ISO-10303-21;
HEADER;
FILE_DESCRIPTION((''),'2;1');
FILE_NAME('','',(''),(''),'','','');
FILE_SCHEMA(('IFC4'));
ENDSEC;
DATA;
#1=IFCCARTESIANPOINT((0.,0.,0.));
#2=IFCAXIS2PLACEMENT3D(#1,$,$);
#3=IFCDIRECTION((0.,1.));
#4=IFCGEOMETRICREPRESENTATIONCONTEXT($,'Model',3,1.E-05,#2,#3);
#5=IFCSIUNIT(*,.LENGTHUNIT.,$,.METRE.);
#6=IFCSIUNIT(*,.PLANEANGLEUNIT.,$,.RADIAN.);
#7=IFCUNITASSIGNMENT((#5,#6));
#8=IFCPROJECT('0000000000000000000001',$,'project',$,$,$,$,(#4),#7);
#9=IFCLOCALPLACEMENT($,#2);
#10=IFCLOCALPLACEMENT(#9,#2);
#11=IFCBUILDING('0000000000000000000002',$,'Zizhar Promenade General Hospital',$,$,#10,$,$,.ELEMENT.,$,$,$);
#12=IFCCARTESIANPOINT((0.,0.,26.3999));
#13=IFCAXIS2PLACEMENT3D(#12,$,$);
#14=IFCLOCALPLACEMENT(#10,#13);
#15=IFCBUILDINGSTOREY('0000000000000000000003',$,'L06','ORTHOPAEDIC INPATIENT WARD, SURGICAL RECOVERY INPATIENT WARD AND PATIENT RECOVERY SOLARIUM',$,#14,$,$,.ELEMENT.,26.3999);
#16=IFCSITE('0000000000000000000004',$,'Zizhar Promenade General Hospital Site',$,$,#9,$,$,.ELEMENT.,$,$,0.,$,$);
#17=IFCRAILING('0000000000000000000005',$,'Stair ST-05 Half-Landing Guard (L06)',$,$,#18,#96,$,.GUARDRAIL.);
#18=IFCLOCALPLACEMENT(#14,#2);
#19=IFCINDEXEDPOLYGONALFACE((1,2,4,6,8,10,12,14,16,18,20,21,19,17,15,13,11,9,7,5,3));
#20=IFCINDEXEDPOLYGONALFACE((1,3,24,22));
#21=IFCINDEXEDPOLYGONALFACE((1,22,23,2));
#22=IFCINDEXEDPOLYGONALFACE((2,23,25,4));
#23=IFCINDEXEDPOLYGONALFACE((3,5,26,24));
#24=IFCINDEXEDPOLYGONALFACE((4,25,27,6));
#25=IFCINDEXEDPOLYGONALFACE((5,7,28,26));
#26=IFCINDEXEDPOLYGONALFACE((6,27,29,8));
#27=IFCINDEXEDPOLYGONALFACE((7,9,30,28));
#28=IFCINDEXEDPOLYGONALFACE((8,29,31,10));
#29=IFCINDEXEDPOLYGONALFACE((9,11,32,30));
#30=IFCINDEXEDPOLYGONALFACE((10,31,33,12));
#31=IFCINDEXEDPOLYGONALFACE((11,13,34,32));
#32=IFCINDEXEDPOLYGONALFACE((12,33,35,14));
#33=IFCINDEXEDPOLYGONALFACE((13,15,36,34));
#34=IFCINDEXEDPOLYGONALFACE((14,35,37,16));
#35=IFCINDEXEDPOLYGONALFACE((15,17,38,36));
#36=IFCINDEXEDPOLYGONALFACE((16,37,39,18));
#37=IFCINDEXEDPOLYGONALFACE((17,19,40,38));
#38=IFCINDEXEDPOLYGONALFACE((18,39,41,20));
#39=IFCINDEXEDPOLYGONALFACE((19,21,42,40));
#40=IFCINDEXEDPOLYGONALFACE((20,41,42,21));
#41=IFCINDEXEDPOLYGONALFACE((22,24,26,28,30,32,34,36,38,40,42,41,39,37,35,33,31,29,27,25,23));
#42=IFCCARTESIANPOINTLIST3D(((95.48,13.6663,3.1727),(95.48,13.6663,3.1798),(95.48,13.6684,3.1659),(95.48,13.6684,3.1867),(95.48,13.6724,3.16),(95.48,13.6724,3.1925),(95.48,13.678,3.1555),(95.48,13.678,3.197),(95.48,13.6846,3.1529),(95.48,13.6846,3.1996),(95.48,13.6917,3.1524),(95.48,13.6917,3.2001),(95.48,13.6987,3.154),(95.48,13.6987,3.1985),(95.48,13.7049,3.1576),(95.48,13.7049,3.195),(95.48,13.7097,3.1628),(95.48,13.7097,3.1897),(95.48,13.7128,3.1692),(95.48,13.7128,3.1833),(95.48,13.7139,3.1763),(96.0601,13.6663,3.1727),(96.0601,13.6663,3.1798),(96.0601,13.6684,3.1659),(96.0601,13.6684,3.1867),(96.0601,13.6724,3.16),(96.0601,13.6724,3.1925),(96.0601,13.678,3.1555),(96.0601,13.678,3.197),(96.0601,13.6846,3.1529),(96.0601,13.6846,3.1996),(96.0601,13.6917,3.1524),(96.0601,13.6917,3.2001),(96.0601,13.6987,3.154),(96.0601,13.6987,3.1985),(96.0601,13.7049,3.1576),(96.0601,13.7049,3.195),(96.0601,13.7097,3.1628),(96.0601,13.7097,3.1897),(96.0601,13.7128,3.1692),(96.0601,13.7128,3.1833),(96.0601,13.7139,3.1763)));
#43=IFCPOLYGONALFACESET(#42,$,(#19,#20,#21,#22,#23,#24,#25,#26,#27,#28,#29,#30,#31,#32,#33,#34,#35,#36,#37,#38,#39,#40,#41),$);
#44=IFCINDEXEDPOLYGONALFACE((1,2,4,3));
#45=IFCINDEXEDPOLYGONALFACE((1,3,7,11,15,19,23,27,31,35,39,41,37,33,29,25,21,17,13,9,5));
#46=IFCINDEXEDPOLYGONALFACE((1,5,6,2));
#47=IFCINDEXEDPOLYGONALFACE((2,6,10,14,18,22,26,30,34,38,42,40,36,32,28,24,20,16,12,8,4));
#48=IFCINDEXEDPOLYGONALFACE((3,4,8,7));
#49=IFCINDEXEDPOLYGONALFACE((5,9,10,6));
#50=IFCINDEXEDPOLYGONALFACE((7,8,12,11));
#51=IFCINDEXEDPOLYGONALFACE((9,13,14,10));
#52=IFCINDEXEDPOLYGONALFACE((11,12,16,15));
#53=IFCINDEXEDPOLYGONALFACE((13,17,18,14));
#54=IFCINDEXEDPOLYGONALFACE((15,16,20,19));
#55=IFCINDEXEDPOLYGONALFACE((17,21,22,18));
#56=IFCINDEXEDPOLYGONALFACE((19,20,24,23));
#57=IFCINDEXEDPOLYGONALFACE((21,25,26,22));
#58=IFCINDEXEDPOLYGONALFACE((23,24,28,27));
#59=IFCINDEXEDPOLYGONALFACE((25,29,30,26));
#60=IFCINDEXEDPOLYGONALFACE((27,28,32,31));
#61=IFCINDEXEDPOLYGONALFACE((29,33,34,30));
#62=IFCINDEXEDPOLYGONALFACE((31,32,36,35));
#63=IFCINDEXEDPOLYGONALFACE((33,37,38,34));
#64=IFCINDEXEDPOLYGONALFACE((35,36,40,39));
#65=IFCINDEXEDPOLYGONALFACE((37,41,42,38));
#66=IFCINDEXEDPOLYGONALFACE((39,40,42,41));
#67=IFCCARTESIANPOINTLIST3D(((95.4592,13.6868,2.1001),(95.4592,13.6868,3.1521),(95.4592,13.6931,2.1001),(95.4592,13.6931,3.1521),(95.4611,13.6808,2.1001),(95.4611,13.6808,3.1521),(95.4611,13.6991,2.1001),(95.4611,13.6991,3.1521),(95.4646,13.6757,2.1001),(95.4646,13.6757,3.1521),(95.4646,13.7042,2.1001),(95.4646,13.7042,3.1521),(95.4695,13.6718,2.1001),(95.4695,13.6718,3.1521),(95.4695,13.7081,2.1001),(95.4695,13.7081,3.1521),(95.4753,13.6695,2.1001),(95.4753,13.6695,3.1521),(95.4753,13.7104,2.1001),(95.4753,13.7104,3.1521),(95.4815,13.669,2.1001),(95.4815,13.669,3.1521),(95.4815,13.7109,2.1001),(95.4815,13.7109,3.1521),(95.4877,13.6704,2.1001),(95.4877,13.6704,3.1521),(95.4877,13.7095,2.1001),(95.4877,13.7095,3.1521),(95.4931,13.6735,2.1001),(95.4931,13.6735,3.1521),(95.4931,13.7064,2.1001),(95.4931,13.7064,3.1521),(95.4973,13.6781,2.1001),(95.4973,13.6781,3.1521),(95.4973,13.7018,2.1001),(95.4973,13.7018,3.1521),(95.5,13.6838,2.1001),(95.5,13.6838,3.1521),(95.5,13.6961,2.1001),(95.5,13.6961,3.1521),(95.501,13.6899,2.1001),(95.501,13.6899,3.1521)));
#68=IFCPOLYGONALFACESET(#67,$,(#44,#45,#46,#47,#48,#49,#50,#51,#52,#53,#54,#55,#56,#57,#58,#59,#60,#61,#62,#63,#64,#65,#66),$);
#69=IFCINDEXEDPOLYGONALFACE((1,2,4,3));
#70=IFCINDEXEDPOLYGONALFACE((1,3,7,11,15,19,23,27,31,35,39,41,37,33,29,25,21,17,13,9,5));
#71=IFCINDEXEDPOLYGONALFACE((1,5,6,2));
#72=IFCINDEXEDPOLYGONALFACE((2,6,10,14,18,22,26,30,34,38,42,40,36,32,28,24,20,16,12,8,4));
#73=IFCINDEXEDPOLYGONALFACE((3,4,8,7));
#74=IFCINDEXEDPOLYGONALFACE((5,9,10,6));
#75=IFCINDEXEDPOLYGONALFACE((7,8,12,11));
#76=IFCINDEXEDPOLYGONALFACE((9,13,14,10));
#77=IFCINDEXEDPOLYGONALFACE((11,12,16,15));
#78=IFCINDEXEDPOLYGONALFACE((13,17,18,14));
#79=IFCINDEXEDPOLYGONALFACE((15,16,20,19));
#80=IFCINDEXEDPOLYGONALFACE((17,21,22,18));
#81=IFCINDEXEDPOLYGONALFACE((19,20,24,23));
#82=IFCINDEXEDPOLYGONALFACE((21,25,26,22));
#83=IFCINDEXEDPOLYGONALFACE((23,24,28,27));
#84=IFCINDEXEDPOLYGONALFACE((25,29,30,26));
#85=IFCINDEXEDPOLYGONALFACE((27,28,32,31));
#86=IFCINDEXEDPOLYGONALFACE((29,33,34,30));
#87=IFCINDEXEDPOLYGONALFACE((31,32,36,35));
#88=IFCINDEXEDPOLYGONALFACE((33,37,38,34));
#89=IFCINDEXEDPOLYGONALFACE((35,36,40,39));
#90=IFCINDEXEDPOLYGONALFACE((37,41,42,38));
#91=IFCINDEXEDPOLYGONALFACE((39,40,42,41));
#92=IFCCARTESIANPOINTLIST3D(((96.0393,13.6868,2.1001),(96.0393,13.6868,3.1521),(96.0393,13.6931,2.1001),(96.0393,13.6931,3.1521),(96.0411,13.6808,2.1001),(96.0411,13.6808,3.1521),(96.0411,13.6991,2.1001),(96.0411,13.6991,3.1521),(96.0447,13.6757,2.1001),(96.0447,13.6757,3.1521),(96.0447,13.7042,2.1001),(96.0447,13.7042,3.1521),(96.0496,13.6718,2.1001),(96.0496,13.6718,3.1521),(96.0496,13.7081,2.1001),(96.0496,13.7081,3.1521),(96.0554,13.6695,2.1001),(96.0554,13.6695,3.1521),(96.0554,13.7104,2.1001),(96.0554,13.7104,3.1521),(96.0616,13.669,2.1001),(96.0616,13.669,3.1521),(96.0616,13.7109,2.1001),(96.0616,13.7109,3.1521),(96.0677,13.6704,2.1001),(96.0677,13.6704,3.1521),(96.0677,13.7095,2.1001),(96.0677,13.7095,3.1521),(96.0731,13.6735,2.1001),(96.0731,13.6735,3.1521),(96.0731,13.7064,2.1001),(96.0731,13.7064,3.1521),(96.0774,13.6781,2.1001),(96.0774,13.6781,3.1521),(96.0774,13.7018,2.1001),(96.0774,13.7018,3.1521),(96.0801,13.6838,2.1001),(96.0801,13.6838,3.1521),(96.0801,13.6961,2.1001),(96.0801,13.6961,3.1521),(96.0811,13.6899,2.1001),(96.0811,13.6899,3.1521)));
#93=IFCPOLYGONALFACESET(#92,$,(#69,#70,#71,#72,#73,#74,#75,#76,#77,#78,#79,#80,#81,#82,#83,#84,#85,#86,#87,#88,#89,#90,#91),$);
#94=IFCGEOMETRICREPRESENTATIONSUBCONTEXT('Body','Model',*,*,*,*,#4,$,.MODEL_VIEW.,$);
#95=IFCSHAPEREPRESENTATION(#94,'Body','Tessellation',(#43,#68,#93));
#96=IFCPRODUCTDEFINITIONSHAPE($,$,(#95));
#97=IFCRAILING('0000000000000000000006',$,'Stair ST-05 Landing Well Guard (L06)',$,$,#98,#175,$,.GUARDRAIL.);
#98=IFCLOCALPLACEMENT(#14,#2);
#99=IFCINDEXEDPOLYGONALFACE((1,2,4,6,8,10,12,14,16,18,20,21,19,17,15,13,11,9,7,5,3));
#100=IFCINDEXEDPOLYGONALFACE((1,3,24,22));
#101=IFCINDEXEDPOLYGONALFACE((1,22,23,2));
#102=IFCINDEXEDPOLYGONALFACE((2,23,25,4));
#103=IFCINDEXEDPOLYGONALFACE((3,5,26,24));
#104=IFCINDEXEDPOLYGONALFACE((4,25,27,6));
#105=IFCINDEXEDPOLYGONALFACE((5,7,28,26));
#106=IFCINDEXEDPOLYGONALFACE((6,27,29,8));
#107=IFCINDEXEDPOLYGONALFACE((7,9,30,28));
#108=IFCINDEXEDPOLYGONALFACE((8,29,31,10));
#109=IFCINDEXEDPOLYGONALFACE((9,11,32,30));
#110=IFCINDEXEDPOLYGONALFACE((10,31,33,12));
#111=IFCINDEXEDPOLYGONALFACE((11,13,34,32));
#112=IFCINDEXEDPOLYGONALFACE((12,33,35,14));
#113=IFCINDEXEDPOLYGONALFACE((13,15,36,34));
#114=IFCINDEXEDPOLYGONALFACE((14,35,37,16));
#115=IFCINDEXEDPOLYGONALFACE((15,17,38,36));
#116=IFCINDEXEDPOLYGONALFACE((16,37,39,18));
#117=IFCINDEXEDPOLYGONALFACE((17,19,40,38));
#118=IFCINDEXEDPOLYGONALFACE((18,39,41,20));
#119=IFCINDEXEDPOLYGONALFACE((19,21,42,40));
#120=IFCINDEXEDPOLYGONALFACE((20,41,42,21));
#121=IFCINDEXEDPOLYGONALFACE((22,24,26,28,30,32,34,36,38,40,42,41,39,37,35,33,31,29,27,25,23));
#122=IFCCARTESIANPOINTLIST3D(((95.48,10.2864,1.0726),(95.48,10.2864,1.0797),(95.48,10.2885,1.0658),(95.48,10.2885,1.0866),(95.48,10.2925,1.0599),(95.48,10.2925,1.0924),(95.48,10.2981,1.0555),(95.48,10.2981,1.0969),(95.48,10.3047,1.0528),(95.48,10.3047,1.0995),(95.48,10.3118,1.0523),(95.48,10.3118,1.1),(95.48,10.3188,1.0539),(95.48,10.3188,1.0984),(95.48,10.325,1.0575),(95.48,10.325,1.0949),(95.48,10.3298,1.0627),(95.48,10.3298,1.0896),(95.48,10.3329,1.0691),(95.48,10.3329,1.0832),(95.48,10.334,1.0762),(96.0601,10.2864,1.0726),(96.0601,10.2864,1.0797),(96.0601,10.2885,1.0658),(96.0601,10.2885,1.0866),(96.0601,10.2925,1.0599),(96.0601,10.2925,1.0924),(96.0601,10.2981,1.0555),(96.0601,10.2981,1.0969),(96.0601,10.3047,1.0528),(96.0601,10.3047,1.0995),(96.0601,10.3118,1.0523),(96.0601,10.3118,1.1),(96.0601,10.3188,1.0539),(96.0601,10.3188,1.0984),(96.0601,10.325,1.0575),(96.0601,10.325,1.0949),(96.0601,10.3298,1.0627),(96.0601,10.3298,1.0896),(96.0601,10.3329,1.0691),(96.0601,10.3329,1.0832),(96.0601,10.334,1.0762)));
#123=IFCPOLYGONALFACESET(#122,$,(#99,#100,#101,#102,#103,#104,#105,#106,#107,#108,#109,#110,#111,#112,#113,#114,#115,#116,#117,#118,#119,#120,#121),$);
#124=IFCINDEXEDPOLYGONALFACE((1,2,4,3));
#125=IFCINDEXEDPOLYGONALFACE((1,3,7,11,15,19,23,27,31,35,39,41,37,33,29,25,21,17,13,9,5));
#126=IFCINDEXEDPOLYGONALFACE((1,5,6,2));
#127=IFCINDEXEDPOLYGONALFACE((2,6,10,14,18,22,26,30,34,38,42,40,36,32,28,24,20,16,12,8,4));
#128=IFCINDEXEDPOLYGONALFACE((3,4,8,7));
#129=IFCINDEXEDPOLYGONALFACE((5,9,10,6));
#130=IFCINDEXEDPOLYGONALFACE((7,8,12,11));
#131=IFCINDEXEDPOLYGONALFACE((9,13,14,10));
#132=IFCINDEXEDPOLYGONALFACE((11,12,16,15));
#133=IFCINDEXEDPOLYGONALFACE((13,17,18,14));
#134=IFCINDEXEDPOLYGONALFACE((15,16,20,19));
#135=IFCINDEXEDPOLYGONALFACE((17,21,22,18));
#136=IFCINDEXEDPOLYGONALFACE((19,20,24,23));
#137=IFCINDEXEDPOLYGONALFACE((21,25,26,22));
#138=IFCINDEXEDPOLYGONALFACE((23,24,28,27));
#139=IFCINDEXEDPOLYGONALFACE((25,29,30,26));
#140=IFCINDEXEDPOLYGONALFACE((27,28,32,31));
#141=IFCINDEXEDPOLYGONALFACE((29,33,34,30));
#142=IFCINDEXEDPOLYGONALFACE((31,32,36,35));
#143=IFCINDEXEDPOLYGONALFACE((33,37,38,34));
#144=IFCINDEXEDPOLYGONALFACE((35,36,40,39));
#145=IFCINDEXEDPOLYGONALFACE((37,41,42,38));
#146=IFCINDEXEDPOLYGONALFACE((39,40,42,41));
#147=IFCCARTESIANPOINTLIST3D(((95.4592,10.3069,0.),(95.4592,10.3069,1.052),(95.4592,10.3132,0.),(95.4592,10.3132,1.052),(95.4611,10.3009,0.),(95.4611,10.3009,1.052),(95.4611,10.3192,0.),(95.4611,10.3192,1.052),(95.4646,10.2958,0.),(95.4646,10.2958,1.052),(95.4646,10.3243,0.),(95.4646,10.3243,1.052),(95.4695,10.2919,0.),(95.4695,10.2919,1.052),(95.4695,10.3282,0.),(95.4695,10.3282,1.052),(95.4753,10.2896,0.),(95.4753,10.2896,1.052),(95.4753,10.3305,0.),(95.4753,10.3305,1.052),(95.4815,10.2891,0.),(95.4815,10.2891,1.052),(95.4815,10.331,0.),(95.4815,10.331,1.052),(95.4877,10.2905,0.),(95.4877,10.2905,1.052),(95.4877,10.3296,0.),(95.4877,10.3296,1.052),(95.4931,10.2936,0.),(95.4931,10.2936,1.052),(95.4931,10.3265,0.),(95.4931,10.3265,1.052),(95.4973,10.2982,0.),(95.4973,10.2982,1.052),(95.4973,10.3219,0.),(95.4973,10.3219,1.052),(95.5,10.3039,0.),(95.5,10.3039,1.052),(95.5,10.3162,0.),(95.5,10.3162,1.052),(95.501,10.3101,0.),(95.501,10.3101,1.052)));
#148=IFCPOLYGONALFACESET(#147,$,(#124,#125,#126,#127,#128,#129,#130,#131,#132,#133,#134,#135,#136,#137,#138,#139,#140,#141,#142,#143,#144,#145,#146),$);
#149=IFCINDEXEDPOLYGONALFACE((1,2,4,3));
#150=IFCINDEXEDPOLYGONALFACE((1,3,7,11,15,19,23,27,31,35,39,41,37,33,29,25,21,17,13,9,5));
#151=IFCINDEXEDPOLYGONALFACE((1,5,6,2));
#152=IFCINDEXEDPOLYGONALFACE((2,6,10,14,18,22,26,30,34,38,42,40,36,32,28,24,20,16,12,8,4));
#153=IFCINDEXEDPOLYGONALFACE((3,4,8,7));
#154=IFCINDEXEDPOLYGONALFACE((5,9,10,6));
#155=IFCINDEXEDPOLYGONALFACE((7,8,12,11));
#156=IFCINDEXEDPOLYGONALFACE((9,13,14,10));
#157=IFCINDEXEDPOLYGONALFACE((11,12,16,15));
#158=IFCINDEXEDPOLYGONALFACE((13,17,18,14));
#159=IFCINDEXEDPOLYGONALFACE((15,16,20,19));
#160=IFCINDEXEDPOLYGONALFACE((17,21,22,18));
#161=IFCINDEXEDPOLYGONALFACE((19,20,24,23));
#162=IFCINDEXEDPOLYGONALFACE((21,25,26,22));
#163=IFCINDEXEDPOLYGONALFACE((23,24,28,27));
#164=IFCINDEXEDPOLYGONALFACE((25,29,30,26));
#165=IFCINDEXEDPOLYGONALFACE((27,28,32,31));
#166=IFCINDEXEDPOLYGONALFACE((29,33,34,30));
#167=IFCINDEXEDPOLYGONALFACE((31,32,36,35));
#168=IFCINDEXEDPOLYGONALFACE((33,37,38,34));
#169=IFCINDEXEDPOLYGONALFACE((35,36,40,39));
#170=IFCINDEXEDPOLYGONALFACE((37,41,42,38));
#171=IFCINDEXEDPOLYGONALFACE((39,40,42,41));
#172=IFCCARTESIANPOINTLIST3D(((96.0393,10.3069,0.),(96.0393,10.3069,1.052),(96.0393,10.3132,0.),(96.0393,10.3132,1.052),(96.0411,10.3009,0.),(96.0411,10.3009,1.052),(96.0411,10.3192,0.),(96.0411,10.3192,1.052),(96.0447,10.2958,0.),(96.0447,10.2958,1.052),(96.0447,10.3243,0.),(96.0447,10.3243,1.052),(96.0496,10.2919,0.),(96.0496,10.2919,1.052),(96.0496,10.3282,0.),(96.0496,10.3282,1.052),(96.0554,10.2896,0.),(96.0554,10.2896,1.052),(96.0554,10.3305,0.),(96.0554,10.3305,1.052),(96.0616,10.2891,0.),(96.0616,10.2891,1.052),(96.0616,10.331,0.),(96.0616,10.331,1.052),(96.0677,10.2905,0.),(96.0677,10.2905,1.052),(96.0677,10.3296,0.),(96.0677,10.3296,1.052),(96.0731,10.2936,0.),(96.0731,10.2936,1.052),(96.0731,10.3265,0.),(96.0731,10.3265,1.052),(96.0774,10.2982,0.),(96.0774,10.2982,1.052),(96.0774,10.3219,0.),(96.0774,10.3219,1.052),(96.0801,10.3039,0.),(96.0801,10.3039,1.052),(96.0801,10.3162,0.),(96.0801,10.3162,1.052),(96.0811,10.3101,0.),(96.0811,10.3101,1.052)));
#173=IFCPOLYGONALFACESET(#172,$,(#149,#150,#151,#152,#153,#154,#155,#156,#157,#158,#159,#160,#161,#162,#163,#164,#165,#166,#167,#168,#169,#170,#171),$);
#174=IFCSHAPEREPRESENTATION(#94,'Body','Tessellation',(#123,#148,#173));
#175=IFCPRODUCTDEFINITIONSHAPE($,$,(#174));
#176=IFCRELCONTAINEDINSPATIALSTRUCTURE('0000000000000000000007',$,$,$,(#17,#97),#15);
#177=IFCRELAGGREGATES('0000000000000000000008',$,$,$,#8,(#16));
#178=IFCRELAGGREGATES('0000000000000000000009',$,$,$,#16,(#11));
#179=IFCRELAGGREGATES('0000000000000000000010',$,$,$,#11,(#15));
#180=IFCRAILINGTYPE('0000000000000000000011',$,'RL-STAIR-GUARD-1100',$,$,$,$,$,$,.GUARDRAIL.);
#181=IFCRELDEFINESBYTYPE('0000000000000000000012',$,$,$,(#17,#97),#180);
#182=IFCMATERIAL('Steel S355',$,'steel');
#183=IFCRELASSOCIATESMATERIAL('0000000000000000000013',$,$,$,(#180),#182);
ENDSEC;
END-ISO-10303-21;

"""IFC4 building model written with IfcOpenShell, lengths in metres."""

from ifc_helpers import new_model, si_unit, direction, frame, origin, origin_2d, place, context, subcontext, project, spatial, circle, hollow_circle, extrude, material, material_profile, profile_set, type_object, element, save


model = new_model("IFC4")

# Units and contexts
model_context = context("Model", 3, precision=1e-05, world=origin(), true_north=direction((0.0, 1.0)))
body_context = subcontext(model_context, "Body", "Model", "MODEL_VIEW")
ifc_project = project(units=[si_unit("LENGTHUNIT", "METRE"), si_unit("PLANEANGLEUNIT", "RADIAN")], contexts=[model_context])

# Site, building, storey
site_placement = place(None, origin())
site = spatial("IfcSite", under=ifc_project, at=site_placement, Name="Zizhar Promenade General Hospital Site", CompositionType="ELEMENT", RefElevation=0.0)
building_placement = place(site_placement, origin())
building = spatial("IfcBuilding", under=site, at=building_placement, Name="Zizhar Promenade General Hospital", CompositionType="ELEMENT")
storey_placement = place(building_placement, frame((0.0, 0.0, 26.3999)))
storey = spatial("IfcBuildingStorey", under=building, at=storey_placement, Name="L06", Description="ORTHOPAEDIC INPATIENT WARD, SURGICAL RECOVERY INPATIENT WARD AND PATIENT RECOVERY SOLARIUM", CompositionType="ELEMENT", Elevation=26.3999)

# Railings
ifc_material_1 = material(Name="Steel S355", Category="steel")
ifc_material_profile_1 = material_profile(ifc_material_1, hollow_circle(Radius=0.0698, WallThickness=0.0063, at=origin_2d()))
ifc_profile_set_1 = profile_set([ifc_material_profile_1], Name="Steel S355")
railing_type_1 = type_object("IfcRailingType", Name="RL-STAIR-GUARD-1100", PredefinedType="GUARDRAIL", material=ifc_profile_set_1)
for number, where, name in (
    (1, (95.48, 13.6899, 2.1001), "Stair ST-05 Half-Landing Guard (L06)"),
    (2, (95.48, 10.3101, 0.0), "Stair ST-05 Landing Well Guard (L06)"),
):
    element("IfcRailing", number, at=place(storey_placement, frame(where)), inside=storey, type_object=railing_type_1, Name=name, PredefinedType="GUARDRAIL", context=body_context, shape_type="SweptSolid", body=[
        extrude(circle(Radius=0.0239, at=origin_2d()), frame((0.0, 0.0, 1.0762), z_axis=(1.0, 0.0, 0.0), x_axis=(0.0, 1.0, 0.0)), (0.0, 0.0, 1.0), 0.5801),
        extrude(circle(Radius=0.021, at=origin_2d()), origin(), (0.0, 0.0, 1.0), 1.052),
        extrude(circle(Radius=0.021, at=origin_2d()), frame((0.5801, 0.0, 0.0)), (0.0, 0.0, 1.0), 1.052),
    ])

save(model, "model.ifc")
